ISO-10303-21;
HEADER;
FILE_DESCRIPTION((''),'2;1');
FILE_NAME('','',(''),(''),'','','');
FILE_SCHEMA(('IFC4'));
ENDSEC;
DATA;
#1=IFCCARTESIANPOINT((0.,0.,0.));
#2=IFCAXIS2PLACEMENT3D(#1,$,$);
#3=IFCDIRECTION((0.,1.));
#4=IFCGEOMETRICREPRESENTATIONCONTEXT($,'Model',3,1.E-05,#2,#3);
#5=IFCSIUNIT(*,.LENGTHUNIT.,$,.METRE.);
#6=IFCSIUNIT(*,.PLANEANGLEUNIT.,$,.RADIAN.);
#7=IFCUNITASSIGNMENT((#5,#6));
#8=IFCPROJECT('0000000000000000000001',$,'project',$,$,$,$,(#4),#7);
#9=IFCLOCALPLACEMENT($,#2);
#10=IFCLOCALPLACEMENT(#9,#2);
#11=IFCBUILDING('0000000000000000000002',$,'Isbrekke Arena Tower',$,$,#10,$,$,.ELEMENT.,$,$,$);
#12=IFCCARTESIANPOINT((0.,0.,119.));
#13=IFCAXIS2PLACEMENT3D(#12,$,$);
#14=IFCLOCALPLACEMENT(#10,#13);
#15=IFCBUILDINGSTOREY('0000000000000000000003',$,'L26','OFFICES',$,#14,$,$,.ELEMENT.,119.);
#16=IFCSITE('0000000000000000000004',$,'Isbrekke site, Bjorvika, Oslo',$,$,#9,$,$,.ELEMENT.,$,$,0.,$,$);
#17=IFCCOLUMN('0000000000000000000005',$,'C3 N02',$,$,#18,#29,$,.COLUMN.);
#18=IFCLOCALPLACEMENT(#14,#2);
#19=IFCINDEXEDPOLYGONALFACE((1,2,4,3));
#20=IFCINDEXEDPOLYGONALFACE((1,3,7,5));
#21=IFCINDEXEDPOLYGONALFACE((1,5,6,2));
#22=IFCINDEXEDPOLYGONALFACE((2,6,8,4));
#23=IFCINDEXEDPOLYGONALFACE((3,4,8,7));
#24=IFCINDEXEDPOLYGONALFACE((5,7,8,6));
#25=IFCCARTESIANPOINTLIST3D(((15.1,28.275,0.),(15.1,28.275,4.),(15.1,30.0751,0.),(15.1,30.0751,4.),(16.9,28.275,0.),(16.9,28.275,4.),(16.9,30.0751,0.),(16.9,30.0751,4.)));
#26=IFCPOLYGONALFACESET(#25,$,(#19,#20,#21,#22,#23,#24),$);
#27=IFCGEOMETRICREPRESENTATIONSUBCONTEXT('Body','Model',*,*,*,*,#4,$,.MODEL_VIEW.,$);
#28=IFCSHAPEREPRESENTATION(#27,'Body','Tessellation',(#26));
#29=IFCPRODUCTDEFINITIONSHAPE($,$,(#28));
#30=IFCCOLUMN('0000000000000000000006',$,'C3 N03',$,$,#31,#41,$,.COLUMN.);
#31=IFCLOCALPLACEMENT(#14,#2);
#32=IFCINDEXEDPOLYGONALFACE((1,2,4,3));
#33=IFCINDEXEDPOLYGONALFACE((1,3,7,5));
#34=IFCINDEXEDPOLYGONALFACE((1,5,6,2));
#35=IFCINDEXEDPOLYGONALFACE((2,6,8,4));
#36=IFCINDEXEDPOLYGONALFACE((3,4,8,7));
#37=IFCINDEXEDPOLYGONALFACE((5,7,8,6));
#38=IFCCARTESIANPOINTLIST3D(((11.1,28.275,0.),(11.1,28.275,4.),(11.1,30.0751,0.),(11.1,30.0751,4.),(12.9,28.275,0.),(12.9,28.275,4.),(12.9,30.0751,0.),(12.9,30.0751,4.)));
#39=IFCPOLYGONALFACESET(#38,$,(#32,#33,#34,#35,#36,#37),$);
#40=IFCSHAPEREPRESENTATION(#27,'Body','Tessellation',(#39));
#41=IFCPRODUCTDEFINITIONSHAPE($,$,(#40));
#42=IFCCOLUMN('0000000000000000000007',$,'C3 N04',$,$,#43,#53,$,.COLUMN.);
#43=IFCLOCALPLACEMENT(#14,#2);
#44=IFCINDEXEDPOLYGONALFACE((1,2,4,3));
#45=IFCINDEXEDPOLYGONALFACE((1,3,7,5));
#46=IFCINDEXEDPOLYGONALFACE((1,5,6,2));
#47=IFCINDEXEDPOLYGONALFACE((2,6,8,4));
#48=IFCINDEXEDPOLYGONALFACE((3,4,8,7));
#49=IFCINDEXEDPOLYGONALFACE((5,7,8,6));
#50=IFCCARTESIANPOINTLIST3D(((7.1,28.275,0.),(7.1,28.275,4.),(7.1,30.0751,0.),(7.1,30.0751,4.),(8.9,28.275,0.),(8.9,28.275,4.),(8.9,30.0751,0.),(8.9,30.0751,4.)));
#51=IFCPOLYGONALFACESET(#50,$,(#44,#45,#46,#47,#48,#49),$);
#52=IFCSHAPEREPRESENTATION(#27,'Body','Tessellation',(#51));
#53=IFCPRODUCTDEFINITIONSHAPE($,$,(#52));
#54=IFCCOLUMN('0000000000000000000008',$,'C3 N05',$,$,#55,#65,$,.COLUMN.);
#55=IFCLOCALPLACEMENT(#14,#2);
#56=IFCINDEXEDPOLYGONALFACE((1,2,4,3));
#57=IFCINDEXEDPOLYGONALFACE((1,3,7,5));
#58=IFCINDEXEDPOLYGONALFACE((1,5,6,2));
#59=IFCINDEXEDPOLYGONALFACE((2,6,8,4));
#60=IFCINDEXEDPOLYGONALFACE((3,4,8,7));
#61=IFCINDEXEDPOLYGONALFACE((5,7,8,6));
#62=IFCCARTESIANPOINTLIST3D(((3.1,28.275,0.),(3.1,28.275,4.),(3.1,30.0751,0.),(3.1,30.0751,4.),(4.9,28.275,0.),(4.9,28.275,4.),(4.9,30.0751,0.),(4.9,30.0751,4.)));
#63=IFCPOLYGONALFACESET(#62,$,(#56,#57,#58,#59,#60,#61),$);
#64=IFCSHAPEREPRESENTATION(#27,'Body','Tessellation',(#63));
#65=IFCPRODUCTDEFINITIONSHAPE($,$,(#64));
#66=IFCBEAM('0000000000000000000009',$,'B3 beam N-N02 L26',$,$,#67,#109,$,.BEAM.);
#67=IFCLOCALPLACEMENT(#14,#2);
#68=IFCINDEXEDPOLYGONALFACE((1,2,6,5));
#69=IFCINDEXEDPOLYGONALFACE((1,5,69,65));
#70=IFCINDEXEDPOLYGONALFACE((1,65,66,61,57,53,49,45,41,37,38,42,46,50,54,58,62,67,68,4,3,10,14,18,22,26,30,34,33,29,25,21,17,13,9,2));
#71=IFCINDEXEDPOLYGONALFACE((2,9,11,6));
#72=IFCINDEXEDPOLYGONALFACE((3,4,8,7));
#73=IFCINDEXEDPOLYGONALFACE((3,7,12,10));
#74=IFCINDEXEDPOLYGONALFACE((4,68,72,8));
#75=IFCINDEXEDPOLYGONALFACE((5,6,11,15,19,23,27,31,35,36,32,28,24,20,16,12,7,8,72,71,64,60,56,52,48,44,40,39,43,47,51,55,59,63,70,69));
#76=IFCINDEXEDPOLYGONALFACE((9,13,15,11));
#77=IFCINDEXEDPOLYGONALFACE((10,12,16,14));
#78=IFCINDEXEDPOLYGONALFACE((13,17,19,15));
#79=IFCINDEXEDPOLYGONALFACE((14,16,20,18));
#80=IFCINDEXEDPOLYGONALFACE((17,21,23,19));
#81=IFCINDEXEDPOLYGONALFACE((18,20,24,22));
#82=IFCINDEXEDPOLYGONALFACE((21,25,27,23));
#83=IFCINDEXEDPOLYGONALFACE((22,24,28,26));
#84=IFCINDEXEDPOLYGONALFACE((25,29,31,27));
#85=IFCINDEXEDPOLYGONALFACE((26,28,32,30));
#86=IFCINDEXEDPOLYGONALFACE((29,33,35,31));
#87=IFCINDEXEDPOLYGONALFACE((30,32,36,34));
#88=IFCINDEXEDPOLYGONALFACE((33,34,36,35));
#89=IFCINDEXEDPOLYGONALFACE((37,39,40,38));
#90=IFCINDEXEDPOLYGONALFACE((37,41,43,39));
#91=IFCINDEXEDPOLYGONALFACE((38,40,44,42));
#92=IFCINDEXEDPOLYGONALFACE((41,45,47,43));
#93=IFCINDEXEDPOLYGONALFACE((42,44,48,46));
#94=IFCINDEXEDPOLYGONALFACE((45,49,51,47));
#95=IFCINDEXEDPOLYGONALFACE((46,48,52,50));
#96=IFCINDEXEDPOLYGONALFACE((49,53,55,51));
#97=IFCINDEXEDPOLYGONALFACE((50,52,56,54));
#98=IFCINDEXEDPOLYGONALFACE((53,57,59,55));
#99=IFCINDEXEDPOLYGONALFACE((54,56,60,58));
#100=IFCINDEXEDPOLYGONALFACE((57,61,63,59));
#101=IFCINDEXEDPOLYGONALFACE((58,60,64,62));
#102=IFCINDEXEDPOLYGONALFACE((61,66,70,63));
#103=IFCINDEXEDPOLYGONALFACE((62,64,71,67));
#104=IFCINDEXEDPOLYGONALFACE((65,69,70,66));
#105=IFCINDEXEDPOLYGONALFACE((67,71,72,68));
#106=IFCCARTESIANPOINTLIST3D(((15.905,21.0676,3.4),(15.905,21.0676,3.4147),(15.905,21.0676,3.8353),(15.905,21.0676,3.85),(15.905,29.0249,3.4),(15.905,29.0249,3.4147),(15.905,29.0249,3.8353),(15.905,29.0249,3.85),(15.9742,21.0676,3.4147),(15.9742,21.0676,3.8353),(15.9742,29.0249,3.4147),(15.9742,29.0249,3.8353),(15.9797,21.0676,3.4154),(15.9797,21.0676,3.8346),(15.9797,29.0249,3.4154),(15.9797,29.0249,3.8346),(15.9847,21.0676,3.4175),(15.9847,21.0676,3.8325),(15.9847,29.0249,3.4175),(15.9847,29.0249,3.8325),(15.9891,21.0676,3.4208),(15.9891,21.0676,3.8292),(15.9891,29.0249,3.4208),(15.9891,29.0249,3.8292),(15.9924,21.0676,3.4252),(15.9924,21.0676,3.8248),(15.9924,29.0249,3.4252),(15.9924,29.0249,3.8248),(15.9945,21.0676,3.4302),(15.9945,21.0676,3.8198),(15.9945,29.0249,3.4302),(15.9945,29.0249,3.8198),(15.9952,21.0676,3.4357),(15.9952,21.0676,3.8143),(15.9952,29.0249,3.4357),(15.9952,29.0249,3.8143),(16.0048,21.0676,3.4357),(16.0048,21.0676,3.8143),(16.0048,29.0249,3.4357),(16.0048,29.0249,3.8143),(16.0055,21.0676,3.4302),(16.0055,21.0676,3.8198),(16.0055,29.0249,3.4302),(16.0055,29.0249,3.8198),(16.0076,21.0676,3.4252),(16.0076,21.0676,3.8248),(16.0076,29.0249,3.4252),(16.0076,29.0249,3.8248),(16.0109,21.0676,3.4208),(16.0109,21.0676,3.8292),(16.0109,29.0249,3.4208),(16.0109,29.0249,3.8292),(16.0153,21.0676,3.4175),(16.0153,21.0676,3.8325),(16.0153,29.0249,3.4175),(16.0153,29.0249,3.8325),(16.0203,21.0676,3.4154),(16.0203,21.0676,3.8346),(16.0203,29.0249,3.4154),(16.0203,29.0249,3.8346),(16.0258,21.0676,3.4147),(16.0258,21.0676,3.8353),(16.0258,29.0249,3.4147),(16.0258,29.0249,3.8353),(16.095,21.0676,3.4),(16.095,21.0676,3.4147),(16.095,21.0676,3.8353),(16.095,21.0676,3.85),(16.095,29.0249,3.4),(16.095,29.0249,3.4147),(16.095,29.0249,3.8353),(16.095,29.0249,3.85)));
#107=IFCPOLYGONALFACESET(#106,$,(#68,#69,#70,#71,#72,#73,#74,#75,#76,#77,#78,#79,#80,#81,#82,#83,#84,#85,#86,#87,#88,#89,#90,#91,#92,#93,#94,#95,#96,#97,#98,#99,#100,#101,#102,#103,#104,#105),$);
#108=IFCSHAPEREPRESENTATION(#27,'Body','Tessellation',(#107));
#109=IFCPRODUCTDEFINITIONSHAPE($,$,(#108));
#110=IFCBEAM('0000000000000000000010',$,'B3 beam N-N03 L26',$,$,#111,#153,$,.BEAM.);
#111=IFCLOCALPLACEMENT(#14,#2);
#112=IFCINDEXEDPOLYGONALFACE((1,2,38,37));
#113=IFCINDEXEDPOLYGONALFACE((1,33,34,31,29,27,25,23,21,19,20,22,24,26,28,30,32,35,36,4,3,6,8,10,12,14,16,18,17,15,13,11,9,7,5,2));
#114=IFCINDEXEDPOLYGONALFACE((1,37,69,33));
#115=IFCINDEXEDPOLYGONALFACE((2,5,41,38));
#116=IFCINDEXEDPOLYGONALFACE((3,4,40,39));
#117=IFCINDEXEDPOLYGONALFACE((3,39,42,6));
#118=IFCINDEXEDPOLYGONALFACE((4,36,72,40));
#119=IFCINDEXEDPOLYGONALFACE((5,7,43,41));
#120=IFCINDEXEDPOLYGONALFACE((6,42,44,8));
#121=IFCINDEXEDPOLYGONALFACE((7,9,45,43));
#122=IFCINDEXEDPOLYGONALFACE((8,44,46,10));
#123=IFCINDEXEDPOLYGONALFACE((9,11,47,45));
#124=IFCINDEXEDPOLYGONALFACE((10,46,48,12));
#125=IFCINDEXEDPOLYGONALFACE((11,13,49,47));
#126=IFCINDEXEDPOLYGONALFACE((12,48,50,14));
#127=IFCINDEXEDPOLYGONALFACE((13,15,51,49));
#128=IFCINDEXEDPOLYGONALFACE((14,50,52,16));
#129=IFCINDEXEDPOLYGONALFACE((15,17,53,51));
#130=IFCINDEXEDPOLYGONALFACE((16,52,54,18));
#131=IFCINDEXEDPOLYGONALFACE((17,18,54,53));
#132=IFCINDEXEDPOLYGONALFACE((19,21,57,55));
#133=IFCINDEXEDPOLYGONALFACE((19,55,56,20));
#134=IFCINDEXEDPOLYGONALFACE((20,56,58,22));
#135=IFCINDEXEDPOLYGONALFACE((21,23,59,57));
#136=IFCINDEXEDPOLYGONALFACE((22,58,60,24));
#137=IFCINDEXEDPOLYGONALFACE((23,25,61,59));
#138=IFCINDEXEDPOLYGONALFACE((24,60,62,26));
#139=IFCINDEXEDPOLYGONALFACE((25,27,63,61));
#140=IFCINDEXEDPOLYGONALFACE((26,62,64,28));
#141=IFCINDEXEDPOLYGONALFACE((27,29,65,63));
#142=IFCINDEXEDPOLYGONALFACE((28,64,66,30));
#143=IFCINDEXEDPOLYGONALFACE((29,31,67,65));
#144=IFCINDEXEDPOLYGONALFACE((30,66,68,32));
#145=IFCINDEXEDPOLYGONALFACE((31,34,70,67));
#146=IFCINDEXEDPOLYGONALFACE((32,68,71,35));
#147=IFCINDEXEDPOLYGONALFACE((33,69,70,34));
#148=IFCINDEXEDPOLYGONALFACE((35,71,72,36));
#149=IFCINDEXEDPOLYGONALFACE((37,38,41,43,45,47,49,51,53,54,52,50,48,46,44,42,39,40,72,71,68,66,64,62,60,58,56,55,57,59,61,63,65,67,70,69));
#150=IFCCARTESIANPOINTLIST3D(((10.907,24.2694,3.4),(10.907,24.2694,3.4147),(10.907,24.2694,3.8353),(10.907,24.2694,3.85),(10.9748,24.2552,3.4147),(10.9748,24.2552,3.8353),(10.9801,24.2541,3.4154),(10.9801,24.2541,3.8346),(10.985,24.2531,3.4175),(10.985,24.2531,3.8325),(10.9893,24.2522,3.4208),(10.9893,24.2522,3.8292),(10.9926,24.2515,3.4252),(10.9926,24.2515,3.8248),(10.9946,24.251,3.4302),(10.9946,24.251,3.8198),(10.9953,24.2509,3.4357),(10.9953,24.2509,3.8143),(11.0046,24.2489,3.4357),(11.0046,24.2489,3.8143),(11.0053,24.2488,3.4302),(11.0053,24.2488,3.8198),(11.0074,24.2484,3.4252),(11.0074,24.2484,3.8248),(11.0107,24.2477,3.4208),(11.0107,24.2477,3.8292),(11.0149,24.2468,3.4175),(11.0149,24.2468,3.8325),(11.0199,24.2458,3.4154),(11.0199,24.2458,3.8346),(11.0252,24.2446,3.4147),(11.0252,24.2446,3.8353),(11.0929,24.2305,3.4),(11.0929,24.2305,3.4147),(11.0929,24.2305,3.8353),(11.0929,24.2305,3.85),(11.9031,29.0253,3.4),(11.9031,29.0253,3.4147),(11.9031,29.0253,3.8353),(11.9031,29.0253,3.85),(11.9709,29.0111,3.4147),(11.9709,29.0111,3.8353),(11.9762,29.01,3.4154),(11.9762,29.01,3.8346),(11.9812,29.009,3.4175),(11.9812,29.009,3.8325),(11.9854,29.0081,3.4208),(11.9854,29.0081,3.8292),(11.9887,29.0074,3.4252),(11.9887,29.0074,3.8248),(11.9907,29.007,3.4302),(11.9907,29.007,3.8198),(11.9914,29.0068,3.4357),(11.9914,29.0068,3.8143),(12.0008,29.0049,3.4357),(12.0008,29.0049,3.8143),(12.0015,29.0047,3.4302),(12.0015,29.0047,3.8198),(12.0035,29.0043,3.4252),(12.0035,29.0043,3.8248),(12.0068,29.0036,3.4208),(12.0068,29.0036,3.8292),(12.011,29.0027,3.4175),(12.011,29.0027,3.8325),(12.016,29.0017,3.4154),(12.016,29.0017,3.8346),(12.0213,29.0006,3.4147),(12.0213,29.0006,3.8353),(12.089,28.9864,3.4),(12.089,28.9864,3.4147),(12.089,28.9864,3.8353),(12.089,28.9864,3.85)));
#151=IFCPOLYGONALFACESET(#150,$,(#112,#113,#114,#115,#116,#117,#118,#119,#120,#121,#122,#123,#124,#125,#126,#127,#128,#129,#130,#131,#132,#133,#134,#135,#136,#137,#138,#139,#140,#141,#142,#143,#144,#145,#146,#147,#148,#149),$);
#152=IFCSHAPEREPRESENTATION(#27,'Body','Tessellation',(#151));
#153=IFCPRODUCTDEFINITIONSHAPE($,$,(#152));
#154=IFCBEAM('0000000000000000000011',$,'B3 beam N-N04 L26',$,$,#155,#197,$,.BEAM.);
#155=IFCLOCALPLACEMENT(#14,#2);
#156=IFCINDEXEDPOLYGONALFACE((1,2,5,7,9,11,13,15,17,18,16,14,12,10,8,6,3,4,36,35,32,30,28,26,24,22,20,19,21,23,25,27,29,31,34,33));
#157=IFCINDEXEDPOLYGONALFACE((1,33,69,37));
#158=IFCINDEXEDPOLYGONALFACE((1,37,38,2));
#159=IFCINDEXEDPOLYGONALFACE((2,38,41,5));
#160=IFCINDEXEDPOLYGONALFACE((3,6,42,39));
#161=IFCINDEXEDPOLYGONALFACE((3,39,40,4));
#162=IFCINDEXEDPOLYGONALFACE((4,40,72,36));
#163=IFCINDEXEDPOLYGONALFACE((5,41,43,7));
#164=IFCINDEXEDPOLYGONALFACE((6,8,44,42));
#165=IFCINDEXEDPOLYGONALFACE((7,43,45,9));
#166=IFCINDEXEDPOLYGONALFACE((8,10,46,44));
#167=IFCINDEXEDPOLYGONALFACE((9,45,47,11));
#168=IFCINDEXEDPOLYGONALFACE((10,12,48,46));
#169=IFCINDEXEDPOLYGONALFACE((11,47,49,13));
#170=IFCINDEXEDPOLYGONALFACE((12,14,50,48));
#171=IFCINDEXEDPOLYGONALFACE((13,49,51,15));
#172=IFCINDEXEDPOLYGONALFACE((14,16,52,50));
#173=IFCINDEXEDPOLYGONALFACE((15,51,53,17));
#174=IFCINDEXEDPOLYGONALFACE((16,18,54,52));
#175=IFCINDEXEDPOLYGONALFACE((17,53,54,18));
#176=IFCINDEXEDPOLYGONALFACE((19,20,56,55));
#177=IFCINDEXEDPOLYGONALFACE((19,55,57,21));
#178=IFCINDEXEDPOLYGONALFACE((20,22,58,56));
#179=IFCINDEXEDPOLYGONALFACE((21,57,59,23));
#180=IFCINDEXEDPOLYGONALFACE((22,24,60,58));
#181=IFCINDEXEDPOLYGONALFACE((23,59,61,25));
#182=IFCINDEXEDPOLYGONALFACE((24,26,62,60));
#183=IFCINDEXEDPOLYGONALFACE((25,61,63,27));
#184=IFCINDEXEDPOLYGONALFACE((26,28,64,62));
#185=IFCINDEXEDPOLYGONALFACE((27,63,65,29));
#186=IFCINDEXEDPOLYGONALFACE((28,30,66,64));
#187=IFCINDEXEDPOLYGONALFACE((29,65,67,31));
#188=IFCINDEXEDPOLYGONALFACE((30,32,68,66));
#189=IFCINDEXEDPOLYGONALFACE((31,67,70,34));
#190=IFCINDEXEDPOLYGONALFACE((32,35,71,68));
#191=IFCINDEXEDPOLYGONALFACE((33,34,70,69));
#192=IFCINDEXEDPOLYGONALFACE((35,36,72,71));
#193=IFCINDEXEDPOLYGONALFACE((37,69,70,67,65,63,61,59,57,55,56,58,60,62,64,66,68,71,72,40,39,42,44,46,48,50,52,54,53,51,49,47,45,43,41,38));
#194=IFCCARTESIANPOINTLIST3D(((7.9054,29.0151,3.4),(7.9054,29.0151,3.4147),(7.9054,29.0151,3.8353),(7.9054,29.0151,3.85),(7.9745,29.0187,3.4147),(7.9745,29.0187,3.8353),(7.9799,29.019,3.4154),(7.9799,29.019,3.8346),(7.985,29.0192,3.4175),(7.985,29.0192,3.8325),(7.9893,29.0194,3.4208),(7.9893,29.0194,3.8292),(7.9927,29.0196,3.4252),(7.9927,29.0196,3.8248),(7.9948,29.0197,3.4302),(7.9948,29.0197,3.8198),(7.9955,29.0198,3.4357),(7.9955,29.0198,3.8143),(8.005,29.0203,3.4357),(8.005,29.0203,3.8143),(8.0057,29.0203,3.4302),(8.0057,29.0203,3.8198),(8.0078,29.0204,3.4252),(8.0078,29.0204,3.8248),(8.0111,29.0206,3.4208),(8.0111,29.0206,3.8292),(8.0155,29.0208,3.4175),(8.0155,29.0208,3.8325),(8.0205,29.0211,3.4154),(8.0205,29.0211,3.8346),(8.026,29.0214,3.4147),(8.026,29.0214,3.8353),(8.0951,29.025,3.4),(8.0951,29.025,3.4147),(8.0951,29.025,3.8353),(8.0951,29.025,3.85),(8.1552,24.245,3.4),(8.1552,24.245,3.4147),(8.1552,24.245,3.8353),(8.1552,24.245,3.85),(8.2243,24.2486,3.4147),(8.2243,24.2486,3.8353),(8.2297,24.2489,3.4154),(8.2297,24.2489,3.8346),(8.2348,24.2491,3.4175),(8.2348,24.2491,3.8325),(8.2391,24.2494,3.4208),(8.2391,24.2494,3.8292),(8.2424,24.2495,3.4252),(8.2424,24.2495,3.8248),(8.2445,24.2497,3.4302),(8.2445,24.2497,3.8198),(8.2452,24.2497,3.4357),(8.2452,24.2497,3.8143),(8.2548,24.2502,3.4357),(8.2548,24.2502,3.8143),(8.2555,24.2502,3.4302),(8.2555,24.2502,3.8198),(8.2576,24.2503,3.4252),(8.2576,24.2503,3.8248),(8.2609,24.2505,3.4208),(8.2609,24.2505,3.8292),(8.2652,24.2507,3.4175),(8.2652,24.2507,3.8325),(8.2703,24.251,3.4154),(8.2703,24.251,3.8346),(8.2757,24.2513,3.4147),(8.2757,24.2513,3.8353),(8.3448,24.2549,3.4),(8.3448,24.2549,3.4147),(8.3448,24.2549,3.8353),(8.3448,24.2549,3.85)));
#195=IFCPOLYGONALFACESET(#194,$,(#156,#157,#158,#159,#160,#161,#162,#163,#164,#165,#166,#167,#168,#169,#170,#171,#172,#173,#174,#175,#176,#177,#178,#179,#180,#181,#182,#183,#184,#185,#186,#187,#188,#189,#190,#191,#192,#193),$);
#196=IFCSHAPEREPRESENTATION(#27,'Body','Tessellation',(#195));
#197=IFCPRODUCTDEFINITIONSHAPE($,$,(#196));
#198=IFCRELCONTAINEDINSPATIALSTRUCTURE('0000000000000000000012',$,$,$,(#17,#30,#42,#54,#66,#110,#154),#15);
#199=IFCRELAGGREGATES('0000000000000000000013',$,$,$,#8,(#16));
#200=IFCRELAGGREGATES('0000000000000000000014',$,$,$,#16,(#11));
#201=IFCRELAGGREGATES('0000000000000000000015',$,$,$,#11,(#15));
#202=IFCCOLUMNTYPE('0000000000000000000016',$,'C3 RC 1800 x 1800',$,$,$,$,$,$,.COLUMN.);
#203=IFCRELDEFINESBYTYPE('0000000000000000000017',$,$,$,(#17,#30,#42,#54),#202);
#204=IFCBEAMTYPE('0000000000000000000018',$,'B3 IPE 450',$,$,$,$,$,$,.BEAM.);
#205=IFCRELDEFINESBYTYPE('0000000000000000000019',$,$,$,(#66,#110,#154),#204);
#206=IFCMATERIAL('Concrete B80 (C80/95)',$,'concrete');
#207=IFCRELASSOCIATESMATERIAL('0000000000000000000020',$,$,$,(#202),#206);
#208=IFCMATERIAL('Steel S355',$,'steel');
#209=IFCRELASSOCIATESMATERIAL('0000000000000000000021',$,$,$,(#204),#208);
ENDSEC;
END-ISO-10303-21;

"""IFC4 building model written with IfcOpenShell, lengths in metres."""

from ifc_helpers import new_model, si_unit, direction, frame, origin, origin_2d, place, context, subcontext, project, spatial, rectangle, i_section, extrude, material, material_profile, profile_set, type_object, element, save


model = new_model("IFC4")

# Units and contexts
model_context = context("Model", 3, precision=1e-05, world=origin(), true_north=direction((0.0, 1.0)))
body_context = subcontext(model_context, "Body", "Model", "MODEL_VIEW")
ifc_project = project(units=[si_unit("LENGTHUNIT", "METRE"), si_unit("PLANEANGLEUNIT", "RADIAN")], contexts=[model_context])

# Site, building, storey
site_placement = place(None, origin())
site = spatial("IfcSite", under=ifc_project, at=site_placement, Name="Isbrekke site, Bjorvika, Oslo", CompositionType="ELEMENT", RefElevation=0.0)
building_placement = place(site_placement, origin())
building = spatial("IfcBuilding", under=site, at=building_placement, Name="Isbrekke Arena Tower", CompositionType="ELEMENT")
storey_placement = place(building_placement, frame((0.0, 0.0, 119.0)))
storey = spatial("IfcBuildingStorey", under=building, at=storey_placement, Name="L26", Description="OFFICES", CompositionType="ELEMENT", Elevation=119.0)

# Columns
ifc_material_1 = material(Name="Concrete B80 (C80/95)", Category="concrete")
ifc_material_profile_1 = material_profile(ifc_material_1, rectangle(XDim=1.8, YDim=1.8, at=origin_2d()), Name="RC 1800x1800")
ifc_profile_set_1 = profile_set([ifc_material_profile_1], Name="Concrete B80 (C80/95)")
column_type = type_object("IfcColumnType", Name="C3 RC 1800 x 1800", PredefinedType="COLUMN", material=ifc_profile_set_1)
for number, where, z_axis, x_axis, name in (
    (1, (16.0, 29.175, 0.0), (0.0, 0.0, 1.0), (-1.0, 0.0, 0.0), "C3 N02"),
    (2, (12.0, 29.175, 0.0), (0.0, 0.0, 1.0), (-1.0, 0.0, 0.0), "C3 N03"),
    (3, (8.0, 29.175, 0.0), (0.0, 0.0, 1.0), (-1.0, 0.0, 0.0), "C3 N04"),
    (4, (4.0, 29.175, 0.0), (0.0, 0.0, 1.0), (-1.0, 0.0, 0.0), "C3 N05"),
):
    element("IfcColumn", number, at=place(storey_placement, frame(where, z_axis=z_axis, x_axis=x_axis)), inside=storey, type_object=column_type, Name=name, PredefinedType="COLUMN", context=body_context, shape_type="SweptSolid", body=[
        extrude(rectangle(XDim=1.8, YDim=1.8, at=origin_2d()), origin(), (0.0, 0.0, 1.0), 4.0),
    ])

# Beams
ifc_material_2 = material(Name="Steel S355", Category="steel")
ifc_material_profile_2 = material_profile(ifc_material_2, i_section(OverallWidth=0.1899, OverallDepth=0.45, WebThickness=0.0095, FlangeThickness=0.0146, FilletRadius=0.021, at=origin_2d()), Name="IPE 450")
ifc_profile_set_2 = profile_set([ifc_material_profile_2], Name="Steel S355")
beam_type_1 = type_object("IfcBeamType", Name="B3 IPE 450", PredefinedType="BEAM", material=ifc_profile_set_2)
beam_1_placement = place(storey_placement, frame((16.0, 29.0249, 3.625), z_axis=(0.0, -1.0, 0.0), x_axis=(1.0, 0.0, 0.0)))
element("IfcBeam", 5, at=beam_1_placement, inside=storey, type_object=beam_type_1, Name="B3 beam N-N02 L26", PredefinedType="BEAM", context=body_context, shape_type="SweptSolid", body=[
    extrude(i_section(OverallWidth=0.1899, OverallDepth=0.45, WebThickness=0.0095, FlangeThickness=0.0146, FilletRadius=0.021, at=origin_2d()), origin(), (0.0, 0.0, 1.0), 7.9573),
])
beam_2_placement = place(storey_placement, frame((11.9961, 29.0059, 3.625), z_axis=(-0.204997, -0.978762, 0.0), x_axis=(0.978762, -0.204997, 0.0)))
element("IfcBeam", 6, at=beam_2_placement, inside=storey, type_object=beam_type_1, Name="B3 beam N-N03 L26", PredefinedType="BEAM", context=body_context, shape_type="SweptSolid", body=[
    extrude(i_section(OverallWidth=0.1899, OverallDepth=0.45, WebThickness=0.0095, FlangeThickness=0.0146, FilletRadius=0.021, at=origin_2d()), origin(), (0.0, 0.0, 1.0), 4.8591),
])
beam_3_placement = place(storey_placement, frame((8.0002, 29.02, 3.625), z_axis=(0.052288, -0.998632, 0.0), x_axis=(0.998632, 0.052288, 0.0)))
element("IfcBeam", 7, at=beam_3_placement, inside=storey, type_object=beam_type_1, Name="B3 beam N-N04 L26", PredefinedType="BEAM", context=body_context, shape_type="SweptSolid", body=[
    extrude(i_section(OverallWidth=0.1899, OverallDepth=0.45, WebThickness=0.0095, FlangeThickness=0.0146, FilletRadius=0.021, at=origin_2d()), origin(), (0.0, 0.0, 1.0), 4.7766),
])

save(model, "model.ifc")
